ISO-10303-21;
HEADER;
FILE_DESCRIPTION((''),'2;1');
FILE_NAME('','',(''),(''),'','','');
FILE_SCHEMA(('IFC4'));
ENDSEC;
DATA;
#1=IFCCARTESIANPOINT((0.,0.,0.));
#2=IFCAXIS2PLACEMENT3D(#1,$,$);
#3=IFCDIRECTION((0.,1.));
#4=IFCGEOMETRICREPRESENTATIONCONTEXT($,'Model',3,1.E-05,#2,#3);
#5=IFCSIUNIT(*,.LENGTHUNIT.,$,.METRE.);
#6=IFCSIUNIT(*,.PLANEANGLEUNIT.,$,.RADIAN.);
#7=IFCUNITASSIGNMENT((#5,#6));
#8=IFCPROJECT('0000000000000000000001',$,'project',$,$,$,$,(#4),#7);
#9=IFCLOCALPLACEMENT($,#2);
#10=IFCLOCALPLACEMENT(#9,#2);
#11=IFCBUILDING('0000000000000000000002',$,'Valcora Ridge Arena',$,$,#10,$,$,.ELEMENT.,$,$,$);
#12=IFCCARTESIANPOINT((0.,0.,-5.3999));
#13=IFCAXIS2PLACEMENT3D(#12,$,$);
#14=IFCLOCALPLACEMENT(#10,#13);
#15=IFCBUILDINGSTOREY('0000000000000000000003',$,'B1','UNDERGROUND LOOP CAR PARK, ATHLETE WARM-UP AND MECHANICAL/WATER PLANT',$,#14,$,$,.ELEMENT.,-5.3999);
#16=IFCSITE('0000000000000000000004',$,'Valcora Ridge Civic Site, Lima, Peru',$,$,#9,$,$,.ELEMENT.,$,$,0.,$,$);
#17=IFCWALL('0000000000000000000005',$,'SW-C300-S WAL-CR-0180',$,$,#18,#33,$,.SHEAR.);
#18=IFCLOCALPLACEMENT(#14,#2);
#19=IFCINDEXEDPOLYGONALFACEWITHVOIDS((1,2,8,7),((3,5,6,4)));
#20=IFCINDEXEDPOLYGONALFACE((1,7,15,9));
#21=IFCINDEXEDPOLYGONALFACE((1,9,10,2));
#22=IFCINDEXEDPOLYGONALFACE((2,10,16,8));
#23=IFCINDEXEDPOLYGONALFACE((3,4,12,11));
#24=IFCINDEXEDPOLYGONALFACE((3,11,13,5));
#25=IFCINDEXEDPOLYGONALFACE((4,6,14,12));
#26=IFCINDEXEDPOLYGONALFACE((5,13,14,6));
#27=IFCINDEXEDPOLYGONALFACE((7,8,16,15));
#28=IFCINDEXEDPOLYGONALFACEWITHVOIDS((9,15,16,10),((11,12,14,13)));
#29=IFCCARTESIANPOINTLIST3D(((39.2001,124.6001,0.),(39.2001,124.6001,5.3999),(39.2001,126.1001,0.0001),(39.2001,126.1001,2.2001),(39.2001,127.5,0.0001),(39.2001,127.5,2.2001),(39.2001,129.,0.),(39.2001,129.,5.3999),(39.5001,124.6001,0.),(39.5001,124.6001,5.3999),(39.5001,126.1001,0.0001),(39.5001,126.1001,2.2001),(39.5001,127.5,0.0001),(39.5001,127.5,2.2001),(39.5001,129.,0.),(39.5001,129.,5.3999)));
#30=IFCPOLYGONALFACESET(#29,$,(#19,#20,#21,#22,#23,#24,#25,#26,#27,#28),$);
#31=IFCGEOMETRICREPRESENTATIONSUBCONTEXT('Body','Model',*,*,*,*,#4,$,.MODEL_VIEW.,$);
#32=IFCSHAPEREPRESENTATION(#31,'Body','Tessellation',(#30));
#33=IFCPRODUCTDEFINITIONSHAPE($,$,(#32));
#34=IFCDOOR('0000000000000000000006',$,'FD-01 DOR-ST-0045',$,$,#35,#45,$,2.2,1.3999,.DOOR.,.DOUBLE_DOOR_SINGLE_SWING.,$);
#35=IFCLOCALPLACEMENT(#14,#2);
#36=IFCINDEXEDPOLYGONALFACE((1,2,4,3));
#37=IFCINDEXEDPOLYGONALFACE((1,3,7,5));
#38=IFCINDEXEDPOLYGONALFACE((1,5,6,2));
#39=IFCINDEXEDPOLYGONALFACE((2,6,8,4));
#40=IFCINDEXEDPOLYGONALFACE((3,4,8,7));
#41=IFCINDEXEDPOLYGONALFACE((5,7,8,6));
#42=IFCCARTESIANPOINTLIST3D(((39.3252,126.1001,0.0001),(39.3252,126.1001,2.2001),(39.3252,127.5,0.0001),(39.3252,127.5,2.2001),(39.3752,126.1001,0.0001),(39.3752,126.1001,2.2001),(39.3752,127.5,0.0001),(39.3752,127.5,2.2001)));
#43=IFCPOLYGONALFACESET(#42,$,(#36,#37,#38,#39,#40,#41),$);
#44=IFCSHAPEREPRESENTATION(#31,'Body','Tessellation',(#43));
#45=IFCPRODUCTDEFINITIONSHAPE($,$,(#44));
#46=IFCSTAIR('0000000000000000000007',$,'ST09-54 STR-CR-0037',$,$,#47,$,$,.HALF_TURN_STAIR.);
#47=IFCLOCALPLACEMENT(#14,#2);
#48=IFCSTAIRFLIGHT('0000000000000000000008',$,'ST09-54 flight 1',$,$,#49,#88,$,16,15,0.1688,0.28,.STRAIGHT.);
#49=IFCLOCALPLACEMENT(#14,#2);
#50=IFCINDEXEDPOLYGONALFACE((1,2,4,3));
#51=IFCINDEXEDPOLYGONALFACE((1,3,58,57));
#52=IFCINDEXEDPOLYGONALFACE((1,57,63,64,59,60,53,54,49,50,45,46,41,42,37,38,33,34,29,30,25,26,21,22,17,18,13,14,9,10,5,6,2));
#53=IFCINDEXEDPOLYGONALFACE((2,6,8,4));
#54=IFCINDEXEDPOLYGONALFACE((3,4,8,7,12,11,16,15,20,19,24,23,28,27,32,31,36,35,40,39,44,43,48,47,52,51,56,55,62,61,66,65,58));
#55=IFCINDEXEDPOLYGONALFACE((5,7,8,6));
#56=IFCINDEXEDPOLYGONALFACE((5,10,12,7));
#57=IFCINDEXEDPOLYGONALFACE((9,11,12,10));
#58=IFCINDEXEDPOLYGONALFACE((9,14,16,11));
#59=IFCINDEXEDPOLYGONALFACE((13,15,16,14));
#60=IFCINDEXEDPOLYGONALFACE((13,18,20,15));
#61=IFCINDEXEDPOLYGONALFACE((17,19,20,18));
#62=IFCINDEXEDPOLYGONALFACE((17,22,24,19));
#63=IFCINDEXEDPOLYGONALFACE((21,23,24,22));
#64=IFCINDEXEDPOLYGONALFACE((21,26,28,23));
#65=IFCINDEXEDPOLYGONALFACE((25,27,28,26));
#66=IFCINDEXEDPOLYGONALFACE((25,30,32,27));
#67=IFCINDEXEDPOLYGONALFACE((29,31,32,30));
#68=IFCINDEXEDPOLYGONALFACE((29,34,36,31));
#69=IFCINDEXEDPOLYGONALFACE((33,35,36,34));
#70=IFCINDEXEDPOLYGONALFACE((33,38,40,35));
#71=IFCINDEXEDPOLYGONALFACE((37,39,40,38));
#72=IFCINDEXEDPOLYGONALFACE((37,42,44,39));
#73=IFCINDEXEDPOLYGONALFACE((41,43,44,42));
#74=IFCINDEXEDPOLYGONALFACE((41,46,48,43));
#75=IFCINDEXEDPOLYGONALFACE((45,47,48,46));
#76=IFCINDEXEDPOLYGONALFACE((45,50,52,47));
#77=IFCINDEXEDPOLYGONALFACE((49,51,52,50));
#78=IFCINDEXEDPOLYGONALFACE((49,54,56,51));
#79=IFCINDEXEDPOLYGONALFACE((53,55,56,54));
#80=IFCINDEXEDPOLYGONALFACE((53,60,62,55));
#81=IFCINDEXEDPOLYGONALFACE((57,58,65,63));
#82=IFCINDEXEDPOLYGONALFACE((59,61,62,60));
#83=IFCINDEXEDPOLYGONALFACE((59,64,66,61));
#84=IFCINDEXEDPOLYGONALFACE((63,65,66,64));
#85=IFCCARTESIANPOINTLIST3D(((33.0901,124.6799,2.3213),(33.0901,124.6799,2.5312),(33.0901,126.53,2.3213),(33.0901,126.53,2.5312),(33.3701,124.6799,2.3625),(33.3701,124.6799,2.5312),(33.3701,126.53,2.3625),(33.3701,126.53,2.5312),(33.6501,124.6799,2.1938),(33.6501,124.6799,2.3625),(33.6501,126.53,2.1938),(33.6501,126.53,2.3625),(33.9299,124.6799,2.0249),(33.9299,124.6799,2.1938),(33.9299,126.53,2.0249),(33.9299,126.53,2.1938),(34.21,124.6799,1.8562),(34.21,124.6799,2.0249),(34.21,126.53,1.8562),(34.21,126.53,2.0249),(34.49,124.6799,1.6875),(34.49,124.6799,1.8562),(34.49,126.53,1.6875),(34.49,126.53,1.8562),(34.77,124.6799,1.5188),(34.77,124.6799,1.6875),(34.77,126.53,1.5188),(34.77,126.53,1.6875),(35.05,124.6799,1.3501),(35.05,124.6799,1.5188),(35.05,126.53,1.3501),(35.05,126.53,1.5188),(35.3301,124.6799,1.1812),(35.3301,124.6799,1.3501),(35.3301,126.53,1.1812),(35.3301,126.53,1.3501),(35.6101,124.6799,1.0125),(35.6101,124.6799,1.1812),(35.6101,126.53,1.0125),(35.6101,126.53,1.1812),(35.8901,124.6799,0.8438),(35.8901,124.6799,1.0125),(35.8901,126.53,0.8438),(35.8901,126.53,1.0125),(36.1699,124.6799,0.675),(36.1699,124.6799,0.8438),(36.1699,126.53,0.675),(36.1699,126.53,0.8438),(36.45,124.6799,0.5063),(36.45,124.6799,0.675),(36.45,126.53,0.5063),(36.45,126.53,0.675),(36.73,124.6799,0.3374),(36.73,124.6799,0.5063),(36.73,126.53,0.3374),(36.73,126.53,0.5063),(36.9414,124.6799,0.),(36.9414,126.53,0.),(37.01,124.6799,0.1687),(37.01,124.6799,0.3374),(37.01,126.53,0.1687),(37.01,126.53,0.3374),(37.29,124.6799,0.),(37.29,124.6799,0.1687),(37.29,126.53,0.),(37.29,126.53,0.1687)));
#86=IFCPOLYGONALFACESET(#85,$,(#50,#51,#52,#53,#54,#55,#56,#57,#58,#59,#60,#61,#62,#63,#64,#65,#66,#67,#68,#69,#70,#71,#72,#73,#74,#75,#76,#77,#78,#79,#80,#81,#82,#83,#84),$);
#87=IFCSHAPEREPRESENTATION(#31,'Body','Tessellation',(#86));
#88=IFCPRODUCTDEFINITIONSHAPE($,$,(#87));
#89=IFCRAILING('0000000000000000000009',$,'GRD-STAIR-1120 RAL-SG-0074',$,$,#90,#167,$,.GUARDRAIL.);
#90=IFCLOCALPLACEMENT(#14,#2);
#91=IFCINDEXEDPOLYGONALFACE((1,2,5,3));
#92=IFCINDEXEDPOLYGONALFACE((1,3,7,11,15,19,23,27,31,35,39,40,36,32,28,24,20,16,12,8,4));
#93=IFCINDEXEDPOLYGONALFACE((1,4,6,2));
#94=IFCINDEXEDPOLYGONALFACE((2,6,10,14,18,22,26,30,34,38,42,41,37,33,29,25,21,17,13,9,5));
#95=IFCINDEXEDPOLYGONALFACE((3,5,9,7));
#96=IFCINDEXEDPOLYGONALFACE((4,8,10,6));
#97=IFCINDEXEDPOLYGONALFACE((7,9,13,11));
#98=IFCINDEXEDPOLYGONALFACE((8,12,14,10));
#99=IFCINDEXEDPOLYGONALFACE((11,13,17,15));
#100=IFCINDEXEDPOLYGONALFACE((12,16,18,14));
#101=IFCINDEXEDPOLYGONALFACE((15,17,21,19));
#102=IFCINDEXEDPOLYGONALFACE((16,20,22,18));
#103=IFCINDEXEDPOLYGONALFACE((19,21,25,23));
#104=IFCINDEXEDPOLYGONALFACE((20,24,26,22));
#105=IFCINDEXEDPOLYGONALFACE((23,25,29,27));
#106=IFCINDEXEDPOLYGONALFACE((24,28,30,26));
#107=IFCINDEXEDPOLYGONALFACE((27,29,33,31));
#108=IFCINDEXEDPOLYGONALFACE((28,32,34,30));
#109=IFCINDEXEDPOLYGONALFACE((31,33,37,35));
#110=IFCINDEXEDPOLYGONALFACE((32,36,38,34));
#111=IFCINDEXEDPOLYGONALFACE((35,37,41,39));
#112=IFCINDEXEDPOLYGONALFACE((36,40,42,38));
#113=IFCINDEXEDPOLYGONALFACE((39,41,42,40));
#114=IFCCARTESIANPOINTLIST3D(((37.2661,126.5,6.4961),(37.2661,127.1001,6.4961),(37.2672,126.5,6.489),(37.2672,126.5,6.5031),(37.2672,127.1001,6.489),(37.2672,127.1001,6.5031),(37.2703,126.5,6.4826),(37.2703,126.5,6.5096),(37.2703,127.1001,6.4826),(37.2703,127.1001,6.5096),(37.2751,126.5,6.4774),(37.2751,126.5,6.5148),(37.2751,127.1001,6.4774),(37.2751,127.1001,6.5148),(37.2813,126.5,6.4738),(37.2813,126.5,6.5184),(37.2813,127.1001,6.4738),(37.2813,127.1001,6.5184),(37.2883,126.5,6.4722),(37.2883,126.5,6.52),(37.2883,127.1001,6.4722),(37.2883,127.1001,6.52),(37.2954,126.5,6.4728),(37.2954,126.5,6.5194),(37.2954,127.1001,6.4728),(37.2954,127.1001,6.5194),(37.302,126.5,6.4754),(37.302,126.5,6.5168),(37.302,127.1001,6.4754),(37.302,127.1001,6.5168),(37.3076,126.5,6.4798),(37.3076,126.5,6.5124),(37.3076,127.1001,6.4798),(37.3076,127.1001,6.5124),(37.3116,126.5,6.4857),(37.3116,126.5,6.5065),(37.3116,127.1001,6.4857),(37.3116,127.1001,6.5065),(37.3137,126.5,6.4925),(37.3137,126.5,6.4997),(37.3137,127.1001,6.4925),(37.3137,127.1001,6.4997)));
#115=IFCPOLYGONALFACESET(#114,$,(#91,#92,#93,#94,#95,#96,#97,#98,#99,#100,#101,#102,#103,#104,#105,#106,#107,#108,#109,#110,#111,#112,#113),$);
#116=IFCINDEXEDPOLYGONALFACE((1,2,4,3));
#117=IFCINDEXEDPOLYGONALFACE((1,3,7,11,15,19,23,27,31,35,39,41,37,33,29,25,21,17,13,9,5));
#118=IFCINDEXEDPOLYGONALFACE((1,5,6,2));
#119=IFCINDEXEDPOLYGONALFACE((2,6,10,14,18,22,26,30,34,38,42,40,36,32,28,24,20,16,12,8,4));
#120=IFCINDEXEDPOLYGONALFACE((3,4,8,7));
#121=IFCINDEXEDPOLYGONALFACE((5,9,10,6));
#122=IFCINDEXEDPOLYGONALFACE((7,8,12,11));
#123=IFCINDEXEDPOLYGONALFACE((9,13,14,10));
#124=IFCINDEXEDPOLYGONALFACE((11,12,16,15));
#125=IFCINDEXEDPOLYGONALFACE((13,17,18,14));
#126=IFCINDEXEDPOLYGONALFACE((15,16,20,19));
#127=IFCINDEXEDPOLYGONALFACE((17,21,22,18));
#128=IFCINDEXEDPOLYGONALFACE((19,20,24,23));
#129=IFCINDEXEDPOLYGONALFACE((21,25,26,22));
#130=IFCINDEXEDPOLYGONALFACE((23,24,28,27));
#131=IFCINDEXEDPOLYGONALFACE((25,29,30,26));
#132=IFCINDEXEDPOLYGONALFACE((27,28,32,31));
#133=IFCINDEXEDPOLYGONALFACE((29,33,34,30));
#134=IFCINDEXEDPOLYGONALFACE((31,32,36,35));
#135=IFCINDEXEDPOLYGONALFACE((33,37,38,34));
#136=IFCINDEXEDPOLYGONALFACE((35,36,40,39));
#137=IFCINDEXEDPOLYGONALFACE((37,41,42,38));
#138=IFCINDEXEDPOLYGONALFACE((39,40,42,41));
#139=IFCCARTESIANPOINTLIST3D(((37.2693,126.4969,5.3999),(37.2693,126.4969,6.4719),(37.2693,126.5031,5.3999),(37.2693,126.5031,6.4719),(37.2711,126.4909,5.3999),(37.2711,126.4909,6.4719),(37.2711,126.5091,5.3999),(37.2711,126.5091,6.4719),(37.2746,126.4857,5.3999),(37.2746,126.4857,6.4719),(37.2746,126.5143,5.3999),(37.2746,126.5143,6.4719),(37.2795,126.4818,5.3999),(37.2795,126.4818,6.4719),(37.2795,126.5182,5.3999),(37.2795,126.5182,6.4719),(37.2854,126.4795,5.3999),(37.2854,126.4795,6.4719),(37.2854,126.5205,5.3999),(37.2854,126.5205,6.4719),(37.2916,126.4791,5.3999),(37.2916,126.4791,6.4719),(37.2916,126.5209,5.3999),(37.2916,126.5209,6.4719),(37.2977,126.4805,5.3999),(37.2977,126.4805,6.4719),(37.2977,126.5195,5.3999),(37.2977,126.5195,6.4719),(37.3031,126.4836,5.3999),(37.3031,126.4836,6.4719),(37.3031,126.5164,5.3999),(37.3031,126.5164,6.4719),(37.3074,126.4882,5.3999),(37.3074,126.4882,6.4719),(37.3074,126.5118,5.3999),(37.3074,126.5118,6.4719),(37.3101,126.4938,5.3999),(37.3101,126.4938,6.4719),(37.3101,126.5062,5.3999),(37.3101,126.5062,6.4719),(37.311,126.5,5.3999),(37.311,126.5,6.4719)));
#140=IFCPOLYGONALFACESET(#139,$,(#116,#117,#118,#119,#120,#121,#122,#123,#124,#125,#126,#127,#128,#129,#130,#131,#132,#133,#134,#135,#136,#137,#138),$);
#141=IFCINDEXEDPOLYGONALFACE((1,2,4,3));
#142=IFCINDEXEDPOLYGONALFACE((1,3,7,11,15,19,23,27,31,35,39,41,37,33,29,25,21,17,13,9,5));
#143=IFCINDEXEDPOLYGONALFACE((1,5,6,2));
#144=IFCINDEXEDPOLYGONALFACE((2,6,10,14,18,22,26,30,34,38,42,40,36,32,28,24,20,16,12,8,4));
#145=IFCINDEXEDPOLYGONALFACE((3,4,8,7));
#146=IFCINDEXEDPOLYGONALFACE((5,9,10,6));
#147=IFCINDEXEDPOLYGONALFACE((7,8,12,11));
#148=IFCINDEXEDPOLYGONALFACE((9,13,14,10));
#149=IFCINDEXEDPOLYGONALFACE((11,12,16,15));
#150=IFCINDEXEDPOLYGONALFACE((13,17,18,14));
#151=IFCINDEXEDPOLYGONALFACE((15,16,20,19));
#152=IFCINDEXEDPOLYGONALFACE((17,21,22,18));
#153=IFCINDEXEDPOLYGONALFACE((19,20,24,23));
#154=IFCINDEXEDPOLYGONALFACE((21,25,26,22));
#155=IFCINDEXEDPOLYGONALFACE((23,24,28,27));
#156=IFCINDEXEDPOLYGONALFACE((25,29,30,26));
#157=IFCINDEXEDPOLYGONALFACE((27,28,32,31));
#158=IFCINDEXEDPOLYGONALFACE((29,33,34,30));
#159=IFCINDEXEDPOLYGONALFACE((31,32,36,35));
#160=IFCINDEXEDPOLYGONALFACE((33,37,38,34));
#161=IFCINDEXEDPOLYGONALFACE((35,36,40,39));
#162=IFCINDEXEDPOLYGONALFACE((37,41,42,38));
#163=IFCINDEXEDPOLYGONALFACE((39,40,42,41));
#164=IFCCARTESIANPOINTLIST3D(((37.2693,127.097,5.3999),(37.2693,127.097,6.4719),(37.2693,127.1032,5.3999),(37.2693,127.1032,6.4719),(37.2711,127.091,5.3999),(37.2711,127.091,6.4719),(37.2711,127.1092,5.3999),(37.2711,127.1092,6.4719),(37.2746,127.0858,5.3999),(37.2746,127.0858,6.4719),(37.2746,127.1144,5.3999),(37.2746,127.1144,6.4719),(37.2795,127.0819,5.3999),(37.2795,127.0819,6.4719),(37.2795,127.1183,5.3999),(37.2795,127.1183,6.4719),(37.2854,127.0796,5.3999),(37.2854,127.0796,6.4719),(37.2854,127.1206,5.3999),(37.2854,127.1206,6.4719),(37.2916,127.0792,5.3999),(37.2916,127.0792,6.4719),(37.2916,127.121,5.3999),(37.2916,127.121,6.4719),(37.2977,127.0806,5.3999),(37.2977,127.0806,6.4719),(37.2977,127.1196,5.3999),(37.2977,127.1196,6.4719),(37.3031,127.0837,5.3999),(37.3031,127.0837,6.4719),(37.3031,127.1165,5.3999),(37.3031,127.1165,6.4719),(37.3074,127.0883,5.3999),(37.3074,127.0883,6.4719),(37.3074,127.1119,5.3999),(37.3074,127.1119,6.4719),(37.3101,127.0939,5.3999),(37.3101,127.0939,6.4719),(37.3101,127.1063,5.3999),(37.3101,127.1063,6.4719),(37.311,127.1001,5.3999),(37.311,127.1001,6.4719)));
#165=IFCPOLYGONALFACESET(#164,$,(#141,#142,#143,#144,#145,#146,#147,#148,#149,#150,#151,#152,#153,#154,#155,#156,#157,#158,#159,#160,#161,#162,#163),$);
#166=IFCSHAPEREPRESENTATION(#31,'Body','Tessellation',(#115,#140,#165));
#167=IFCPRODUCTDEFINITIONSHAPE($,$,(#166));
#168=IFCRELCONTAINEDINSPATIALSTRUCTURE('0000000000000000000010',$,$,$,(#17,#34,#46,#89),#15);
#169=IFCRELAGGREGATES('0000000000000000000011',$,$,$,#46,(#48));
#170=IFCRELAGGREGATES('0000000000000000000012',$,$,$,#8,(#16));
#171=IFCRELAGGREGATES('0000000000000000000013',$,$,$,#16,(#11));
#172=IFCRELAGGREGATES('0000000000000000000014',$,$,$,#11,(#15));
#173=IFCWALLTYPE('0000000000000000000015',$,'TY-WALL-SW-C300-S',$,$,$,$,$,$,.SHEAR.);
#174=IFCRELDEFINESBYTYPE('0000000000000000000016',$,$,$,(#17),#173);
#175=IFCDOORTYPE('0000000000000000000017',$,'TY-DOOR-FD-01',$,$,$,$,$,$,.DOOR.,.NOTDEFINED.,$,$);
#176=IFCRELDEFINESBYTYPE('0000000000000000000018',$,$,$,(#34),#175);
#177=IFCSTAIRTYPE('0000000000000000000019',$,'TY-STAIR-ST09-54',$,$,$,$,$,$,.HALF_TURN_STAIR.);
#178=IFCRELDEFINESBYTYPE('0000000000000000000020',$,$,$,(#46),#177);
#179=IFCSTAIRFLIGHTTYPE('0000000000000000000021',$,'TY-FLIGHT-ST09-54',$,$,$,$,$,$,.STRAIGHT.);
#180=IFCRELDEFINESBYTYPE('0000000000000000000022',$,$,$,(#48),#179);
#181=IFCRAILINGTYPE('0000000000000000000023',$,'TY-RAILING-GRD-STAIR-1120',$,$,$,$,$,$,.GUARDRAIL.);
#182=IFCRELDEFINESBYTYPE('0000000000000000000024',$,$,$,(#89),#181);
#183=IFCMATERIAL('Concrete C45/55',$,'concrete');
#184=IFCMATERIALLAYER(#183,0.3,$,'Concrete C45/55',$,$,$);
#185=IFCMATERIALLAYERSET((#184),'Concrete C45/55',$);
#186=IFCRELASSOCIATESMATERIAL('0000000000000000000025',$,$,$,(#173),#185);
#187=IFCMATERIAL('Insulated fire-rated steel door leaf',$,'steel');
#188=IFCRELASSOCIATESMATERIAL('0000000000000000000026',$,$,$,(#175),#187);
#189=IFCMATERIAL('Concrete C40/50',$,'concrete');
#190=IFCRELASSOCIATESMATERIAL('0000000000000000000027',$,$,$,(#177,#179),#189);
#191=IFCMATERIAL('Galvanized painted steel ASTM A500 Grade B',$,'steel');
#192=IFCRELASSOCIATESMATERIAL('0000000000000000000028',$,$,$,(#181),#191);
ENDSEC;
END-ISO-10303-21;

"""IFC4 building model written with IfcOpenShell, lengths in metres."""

from ifc_helpers import new_model, si_unit, direction, frame, frame_2d, origin, origin_2d, place, context, subcontext, project, spatial, polyline, rectangle, circle, outline, extrude, material, layer, layer_set, type_object, element, fill, aggregate, save


model = new_model("IFC4")

# Units and contexts
model_context = context("Model", 3, precision=1e-05, world=origin(), true_north=direction((0.0, 1.0)))
body_context = subcontext(model_context, "Body", "Model", "MODEL_VIEW")
ifc_project = project(units=[si_unit("LENGTHUNIT", "METRE"), si_unit("PLANEANGLEUNIT", "RADIAN")], contexts=[model_context])

# Site, building, storey
site_placement = place(None, origin())
site = spatial("IfcSite", under=ifc_project, at=site_placement, Name="Valcora Ridge Civic Site, Lima, Peru", CompositionType="ELEMENT", RefElevation=0.0)
building_placement = place(site_placement, origin())
building = spatial("IfcBuilding", under=site, at=building_placement, Name="Valcora Ridge Arena", CompositionType="ELEMENT")
storey_placement = place(building_placement, frame((0.0, 0.0, -5.3999)))
storey = spatial("IfcBuildingStorey", under=building, at=storey_placement, Name="B1", Description="UNDERGROUND LOOP CAR PARK, ATHLETE WARM-UP AND MECHANICAL/WATER PLANT", CompositionType="ELEMENT", Elevation=-5.3999)

# Shared definitions
ifc_material_1 = material(Name="Concrete C40/50", Category="concrete")

# Wall, opening, door
ifc_material_2 = material(Name="Concrete C45/55", Category="concrete")
ifc_layer_1 = layer(ifc_material_2, 0.3, Name="Concrete C45/55")
ifc_layer_set_1 = layer_set([ifc_layer_1], Name="Concrete C45/55")
wall_type = type_object("IfcWallType", Name="TY-WALL-SW-C300-S", PredefinedType="SHEAR", material=ifc_layer_set_1)
wall_placement = place(storey_placement, frame((39.3501, 124.6001, 0.0), z_axis=(0.0, 0.0, 1.0), x_axis=(0.0, 1.0, 0.0)))
wall = element("IfcWall", 1, at=wall_placement, inside=storey, type_object=wall_type, Name="SW-C300-S WAL-CR-0180", PredefinedType="SHEAR", context=body_context, shape_type="SweptSolid", body=[
    extrude(rectangle(XDim=4.3999, YDim=0.3, at=frame_2d((2.2, 0.0))), origin(), (0.0, 0.0, 1.0), 5.3999),
])
opening_placement = place(wall_placement, frame((1.5, 0.0, 0.0)))
opening = element("IfcOpeningElement", 2, at=opening_placement, cuts=wall, PredefinedType="OPENING", context=body_context, shape_type="SweptSolid", body=[
    extrude(rectangle(XDim=1.3999, YDim=2.2, at=frame_2d((0.7, 1.1001))), frame((0.0, 0.1599, 0.0), z_axis=(0.0, -1.0, 0.0), x_axis=(1.0, 0.0, 0.0)), (0.0, 0.0, 1.0), 0.3201),
])
ifc_material_3 = material(Name="Insulated fire-rated steel door leaf", Category="steel")
door_type = type_object("IfcDoorType", Name="TY-DOOR-FD-01", OperationType="NOTDEFINED", PredefinedType="DOOR", material=ifc_material_3)
door_placement = place(opening_placement, origin())
door = element("IfcDoor", 3, at=door_placement, inside=storey, type_object=door_type, Name="FD-01 DOR-ST-0045", OperationType="DOUBLE_DOOR_SINGLE_SWING", OverallHeight=2.2, OverallWidth=1.3999, PredefinedType="DOOR", context=body_context, shape_type="SweptSolid", body=[
    extrude(rectangle(XDim=1.3999, YDim=2.2, at=frame_2d((0.7, 1.1001))), frame((0.0, 0.0249, 0.0), z_axis=(0.0, -1.0, 0.0), x_axis=(1.0, 0.0, 0.0)), (0.0, 0.0, 1.0), 0.05),
])
fill(opening, door)

# Stair, stair flight
stair_type = type_object("IfcStairType", Name="TY-STAIR-ST09-54", PredefinedType="HALF_TURN_STAIR", material=ifc_material_1)
stair_placement = place(storey_placement, origin())
stair = element("IfcStair", 4, at=stair_placement, inside=storey, type_object=stair_type, Name="ST09-54 STR-CR-0037", PredefinedType="HALF_TURN_STAIR")
stair_flight_type = type_object("IfcStairFlightType", Name="TY-FLIGHT-ST09-54", PredefinedType="STRAIGHT", material=ifc_material_1)
stair_flight_placement = place(storey_placement, frame((37.29, 125.605, 0.0), z_axis=(0.0, 0.0, 1.0), x_axis=(-1.0, 0.0, 0.0)))
stair_flight = element("IfcStairFlight", 5, at=stair_flight_placement, type_object=stair_flight_type, Name="ST09-54 flight 1", NumberOfRisers=16, NumberOfTreads=15, PredefinedType="STRAIGHT", RiserHeight=0.1688, TreadLength=0.28, context=body_context, shape_type="SweptSolid", body=[
    extrude(outline(polyline([(0.0, 0.0), (0.0, 0.1687), (0.28, 0.1687), (0.28, 0.3374), (0.5601, 0.3374), (0.5601, 0.5063), (0.8401, 0.5063), (0.8401, 0.675), (1.1201, 0.675), (1.1201, 0.8438), (1.3999, 0.8438), (1.3999, 1.0125), (1.6799, 1.0125), (1.6799, 1.1812), (1.96, 1.1812), (1.96, 1.3501), (2.24, 1.3501), (2.24, 1.5188), (2.52, 1.5188), (2.52, 1.6875), (2.8, 1.6875), (2.8, 1.8562), (3.0801, 1.8562), (3.0801, 2.0249), (3.3601, 2.0249), (3.3601, 2.1938), (3.6399, 2.1938), (3.6399, 2.3625), (3.9199, 2.3625), (3.9199, 2.5312), (4.2, 2.5312), (4.2, 2.7), (4.2, 2.3213), (0.3486, 0.0), (0.0, 0.0)])), frame((0.0, 0.925, 0.0), z_axis=(0.0, -1.0, 0.0), x_axis=(1.0, 0.0, 0.0)), (0.0, 0.0, 1.0), 1.8501),
])
aggregate(stair, [stair_flight])

# Railing
ifc_material_4 = material(Name="Galvanized painted steel ASTM A500 Grade B", Category="steel")
railing_type_1 = type_object("IfcRailingType", Name="TY-RAILING-GRD-STAIR-1120", PredefinedType="GUARDRAIL", material=ifc_material_4)
railing_1_placement = place(storey_placement, frame((37.29, 126.5, 5.3999)))
element("IfcRailing", 6, at=railing_1_placement, inside=storey, type_object=railing_type_1, Name="GRD-STAIR-1120 RAL-SG-0074", PredefinedType="GUARDRAIL", context=body_context, shape_type="SweptSolid", body=[
    extrude(circle(Radius=0.0239, at=origin_2d()), frame((0.0, 0.0, 1.0962), z_axis=(0.0, 1.0, 0.0), x_axis=(-1.0, 0.0, 0.0)), (0.0, 0.0, 1.0), 0.6001),
    extrude(circle(Radius=0.021, at=origin_2d()), origin(), (0.0, 0.0, 1.0), 1.072),
    extrude(circle(Radius=0.021, at=origin_2d()), frame((0.0, 0.6001, 0.0)), (0.0, 0.0, 1.0), 1.072),
])

save(model, "model.ifc")
